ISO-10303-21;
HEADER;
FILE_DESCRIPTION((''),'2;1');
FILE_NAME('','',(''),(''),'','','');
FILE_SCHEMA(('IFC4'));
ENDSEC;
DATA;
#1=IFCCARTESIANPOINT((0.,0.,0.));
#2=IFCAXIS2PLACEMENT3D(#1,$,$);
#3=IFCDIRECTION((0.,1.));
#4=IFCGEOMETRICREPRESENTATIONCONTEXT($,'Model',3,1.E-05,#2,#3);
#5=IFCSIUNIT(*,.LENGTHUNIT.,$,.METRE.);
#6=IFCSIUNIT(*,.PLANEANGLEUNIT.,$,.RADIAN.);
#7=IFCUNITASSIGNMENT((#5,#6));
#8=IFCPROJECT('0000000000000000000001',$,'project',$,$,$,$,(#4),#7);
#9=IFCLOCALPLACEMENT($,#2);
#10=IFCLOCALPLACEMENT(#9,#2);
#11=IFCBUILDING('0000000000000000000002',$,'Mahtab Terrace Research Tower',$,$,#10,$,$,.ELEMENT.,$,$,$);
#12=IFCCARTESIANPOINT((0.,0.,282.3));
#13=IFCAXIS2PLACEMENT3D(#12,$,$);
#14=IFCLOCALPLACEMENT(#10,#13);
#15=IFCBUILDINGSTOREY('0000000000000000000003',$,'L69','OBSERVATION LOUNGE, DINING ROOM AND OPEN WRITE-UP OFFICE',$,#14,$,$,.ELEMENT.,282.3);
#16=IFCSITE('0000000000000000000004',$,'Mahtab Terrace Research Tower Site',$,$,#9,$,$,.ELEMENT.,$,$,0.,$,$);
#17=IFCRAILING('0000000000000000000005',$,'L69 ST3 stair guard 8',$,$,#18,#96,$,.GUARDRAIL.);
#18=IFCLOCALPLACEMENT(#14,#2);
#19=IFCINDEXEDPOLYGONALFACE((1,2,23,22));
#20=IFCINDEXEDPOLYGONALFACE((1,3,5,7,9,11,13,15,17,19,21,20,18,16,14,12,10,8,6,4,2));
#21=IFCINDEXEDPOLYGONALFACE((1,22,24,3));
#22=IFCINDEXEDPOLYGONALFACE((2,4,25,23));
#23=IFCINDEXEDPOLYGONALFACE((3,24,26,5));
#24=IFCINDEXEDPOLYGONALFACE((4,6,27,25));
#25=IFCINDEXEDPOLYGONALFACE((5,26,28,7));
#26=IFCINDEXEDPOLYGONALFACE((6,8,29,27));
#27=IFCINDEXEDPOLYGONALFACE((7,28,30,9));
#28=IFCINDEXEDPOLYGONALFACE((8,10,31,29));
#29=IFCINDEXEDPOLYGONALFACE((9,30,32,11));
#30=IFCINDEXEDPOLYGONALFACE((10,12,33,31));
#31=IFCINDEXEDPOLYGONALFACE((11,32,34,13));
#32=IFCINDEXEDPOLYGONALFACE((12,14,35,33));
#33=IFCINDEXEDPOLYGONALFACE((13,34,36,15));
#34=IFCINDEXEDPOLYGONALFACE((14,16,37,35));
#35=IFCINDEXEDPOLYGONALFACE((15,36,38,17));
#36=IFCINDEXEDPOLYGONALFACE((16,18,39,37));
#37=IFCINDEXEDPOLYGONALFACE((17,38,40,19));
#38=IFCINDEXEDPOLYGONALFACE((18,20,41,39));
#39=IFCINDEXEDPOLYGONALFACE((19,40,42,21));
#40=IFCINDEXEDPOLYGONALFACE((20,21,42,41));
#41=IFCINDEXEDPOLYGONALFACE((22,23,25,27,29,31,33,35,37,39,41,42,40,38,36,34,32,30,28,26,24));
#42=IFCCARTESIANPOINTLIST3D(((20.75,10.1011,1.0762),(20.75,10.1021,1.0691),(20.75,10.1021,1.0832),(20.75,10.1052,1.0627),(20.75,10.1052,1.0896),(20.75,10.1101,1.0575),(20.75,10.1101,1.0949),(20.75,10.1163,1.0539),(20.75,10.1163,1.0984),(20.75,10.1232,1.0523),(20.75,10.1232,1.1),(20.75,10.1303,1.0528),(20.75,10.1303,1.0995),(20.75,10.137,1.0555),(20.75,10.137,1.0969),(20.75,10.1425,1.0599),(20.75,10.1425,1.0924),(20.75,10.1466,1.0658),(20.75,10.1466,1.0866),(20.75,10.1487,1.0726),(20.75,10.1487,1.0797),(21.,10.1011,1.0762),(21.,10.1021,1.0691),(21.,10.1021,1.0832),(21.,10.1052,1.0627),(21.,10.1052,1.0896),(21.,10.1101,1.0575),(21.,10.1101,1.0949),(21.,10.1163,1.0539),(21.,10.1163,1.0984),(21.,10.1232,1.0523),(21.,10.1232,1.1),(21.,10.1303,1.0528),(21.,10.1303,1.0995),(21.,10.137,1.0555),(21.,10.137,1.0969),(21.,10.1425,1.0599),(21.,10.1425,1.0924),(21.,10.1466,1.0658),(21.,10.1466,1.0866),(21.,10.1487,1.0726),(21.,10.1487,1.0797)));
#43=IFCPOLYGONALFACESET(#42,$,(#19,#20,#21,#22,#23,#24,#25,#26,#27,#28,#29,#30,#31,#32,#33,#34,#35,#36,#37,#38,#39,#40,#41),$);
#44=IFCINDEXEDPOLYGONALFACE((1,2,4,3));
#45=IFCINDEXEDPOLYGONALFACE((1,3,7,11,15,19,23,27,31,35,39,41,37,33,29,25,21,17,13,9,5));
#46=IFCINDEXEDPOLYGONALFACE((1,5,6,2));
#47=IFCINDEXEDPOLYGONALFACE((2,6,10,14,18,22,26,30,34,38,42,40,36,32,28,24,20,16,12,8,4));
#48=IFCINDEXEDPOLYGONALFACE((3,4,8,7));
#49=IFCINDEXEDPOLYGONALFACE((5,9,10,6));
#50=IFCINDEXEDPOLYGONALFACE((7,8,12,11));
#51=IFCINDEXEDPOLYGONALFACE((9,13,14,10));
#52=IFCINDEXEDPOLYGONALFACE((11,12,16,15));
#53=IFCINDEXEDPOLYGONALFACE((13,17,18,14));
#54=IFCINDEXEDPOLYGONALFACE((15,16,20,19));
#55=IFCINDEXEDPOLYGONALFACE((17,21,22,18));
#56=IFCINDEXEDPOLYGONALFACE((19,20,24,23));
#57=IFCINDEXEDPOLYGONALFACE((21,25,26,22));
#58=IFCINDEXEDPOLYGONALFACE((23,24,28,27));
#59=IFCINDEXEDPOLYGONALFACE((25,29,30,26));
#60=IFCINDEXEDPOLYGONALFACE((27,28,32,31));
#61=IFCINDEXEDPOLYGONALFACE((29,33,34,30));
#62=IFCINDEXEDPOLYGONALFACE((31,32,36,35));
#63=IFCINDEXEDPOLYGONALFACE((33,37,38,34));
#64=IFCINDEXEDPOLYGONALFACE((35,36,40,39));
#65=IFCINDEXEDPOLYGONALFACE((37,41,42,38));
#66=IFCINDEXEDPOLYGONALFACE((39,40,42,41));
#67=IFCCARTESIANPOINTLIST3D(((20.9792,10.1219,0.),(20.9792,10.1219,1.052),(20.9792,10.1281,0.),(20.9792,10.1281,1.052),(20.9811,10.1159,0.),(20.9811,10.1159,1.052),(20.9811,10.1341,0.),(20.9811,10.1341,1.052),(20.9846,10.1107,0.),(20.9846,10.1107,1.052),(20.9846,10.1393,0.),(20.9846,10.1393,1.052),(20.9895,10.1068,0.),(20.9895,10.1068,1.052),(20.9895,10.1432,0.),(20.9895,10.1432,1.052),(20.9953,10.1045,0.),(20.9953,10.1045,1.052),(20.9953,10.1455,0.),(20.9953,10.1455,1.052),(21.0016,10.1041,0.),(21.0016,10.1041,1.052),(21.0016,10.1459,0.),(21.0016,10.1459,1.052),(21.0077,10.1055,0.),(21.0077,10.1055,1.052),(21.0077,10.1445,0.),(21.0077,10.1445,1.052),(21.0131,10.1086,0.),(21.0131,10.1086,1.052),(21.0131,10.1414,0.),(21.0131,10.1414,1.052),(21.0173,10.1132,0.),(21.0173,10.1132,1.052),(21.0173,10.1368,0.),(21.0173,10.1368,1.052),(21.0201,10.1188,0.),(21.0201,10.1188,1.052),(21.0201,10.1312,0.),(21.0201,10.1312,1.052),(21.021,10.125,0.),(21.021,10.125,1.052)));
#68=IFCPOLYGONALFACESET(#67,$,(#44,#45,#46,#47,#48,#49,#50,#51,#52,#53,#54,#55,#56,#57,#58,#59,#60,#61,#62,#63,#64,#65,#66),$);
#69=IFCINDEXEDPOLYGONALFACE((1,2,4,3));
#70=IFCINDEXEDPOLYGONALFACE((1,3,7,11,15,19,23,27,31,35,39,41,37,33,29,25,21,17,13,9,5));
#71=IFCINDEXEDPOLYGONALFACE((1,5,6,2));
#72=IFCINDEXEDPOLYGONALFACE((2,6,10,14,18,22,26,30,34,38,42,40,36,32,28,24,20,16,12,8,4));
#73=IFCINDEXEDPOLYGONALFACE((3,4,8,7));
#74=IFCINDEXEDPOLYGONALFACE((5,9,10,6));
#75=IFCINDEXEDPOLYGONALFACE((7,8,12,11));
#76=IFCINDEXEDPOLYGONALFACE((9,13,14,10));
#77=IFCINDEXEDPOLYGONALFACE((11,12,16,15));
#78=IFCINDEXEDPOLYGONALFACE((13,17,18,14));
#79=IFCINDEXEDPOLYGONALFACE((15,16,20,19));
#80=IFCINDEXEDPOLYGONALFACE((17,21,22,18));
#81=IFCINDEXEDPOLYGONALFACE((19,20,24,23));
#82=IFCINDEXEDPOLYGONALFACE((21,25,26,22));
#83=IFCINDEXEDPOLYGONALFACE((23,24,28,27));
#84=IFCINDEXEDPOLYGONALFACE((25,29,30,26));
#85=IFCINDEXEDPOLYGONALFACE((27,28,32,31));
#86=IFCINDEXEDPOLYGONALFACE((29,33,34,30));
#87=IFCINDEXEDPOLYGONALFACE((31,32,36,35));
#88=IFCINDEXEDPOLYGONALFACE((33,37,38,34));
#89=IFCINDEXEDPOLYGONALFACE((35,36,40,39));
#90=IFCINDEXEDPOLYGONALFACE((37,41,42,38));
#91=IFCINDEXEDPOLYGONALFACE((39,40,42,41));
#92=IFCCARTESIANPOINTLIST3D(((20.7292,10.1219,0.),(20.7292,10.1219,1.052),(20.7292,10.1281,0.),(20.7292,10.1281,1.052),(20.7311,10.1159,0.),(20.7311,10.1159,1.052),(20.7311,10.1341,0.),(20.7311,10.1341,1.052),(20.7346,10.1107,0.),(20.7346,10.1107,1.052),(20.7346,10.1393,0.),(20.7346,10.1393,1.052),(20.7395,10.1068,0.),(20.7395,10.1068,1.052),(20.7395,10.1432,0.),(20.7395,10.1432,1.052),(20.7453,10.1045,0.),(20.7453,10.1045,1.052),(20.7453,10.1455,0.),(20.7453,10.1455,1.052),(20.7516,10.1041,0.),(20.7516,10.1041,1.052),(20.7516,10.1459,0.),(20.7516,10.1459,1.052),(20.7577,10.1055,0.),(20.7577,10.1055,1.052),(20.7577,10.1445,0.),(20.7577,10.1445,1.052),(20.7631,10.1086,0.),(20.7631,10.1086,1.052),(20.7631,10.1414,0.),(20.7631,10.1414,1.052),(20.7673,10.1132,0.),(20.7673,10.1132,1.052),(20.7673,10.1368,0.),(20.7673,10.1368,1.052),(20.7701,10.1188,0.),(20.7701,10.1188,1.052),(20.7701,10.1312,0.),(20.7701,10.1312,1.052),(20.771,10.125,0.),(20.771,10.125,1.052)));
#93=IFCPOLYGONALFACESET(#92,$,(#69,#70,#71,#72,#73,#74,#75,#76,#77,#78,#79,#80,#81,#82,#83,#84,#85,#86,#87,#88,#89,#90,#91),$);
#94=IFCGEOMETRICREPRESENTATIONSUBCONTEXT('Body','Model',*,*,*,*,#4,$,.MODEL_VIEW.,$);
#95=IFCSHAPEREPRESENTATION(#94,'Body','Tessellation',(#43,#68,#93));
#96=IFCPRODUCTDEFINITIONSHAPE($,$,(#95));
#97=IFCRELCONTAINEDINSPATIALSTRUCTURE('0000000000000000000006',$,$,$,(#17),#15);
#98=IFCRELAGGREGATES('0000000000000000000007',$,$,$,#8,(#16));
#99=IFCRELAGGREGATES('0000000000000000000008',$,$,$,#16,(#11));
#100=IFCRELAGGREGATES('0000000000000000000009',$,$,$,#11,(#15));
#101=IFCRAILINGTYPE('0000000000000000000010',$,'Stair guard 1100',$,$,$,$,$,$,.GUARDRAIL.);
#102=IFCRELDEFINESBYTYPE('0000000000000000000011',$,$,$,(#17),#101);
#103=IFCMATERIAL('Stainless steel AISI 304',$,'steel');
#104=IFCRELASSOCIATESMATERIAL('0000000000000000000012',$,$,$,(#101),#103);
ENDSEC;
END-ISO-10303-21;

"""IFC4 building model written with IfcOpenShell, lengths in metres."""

from ifc_helpers import new_model, si_unit, direction, frame, origin, origin_2d, place, context, subcontext, project, spatial, circle, extrude, material, type_object, element, save


model = new_model("IFC4")

# Units and contexts
model_context = context("Model", 3, precision=1e-05, world=origin(), true_north=direction((0.0, 1.0)))
body_context = subcontext(model_context, "Body", "Model", "MODEL_VIEW")
ifc_project = project(units=[si_unit("LENGTHUNIT", "METRE"), si_unit("PLANEANGLEUNIT", "RADIAN")], contexts=[model_context])

# Site, building, storey
site_placement = place(None, origin())
site = spatial("IfcSite", under=ifc_project, at=site_placement, Name="Mahtab Terrace Research Tower Site", CompositionType="ELEMENT", RefElevation=0.0)
building_placement = place(site_placement, origin())
building = spatial("IfcBuilding", under=site, at=building_placement, Name="Mahtab Terrace Research Tower", CompositionType="ELEMENT")
storey_placement = place(building_placement, frame((0.0, 0.0, 282.3)))
storey = spatial("IfcBuildingStorey", under=building, at=storey_placement, Name="L69", Description="OBSERVATION LOUNGE, DINING ROOM AND OPEN WRITE-UP OFFICE", CompositionType="ELEMENT", Elevation=282.3)

# Railing
ifc_material_1 = material(Name="Stainless steel AISI 304", Category="steel")
railing_type_1 = type_object("IfcRailingType", Name="Stair guard 1100", PredefinedType="GUARDRAIL", material=ifc_material_1)
railing_1_placement = place(storey_placement, frame((21.0, 10.125, 0.0)))
element("IfcRailing", 1, at=railing_1_placement, inside=storey, type_object=railing_type_1, Name="L69 ST3 stair guard 8", PredefinedType="GUARDRAIL", context=body_context, shape_type="SweptSolid", body=[
    extrude(circle(Radius=0.0239, at=origin_2d()), frame((0.0, 0.0, 1.0762), z_axis=(-1.0, 0.0, 0.0), x_axis=(0.0, -1.0, 0.0)), (0.0, 0.0, 1.0), 0.25),
    extrude(circle(Radius=0.021, at=origin_2d()), origin(), (0.0, 0.0, 1.0), 1.052),
    extrude(circle(Radius=0.021, at=origin_2d()), frame((-0.25, 0.0, 0.0)), (0.0, 0.0, 1.0), 1.052),
])

save(model, "model.ifc")
